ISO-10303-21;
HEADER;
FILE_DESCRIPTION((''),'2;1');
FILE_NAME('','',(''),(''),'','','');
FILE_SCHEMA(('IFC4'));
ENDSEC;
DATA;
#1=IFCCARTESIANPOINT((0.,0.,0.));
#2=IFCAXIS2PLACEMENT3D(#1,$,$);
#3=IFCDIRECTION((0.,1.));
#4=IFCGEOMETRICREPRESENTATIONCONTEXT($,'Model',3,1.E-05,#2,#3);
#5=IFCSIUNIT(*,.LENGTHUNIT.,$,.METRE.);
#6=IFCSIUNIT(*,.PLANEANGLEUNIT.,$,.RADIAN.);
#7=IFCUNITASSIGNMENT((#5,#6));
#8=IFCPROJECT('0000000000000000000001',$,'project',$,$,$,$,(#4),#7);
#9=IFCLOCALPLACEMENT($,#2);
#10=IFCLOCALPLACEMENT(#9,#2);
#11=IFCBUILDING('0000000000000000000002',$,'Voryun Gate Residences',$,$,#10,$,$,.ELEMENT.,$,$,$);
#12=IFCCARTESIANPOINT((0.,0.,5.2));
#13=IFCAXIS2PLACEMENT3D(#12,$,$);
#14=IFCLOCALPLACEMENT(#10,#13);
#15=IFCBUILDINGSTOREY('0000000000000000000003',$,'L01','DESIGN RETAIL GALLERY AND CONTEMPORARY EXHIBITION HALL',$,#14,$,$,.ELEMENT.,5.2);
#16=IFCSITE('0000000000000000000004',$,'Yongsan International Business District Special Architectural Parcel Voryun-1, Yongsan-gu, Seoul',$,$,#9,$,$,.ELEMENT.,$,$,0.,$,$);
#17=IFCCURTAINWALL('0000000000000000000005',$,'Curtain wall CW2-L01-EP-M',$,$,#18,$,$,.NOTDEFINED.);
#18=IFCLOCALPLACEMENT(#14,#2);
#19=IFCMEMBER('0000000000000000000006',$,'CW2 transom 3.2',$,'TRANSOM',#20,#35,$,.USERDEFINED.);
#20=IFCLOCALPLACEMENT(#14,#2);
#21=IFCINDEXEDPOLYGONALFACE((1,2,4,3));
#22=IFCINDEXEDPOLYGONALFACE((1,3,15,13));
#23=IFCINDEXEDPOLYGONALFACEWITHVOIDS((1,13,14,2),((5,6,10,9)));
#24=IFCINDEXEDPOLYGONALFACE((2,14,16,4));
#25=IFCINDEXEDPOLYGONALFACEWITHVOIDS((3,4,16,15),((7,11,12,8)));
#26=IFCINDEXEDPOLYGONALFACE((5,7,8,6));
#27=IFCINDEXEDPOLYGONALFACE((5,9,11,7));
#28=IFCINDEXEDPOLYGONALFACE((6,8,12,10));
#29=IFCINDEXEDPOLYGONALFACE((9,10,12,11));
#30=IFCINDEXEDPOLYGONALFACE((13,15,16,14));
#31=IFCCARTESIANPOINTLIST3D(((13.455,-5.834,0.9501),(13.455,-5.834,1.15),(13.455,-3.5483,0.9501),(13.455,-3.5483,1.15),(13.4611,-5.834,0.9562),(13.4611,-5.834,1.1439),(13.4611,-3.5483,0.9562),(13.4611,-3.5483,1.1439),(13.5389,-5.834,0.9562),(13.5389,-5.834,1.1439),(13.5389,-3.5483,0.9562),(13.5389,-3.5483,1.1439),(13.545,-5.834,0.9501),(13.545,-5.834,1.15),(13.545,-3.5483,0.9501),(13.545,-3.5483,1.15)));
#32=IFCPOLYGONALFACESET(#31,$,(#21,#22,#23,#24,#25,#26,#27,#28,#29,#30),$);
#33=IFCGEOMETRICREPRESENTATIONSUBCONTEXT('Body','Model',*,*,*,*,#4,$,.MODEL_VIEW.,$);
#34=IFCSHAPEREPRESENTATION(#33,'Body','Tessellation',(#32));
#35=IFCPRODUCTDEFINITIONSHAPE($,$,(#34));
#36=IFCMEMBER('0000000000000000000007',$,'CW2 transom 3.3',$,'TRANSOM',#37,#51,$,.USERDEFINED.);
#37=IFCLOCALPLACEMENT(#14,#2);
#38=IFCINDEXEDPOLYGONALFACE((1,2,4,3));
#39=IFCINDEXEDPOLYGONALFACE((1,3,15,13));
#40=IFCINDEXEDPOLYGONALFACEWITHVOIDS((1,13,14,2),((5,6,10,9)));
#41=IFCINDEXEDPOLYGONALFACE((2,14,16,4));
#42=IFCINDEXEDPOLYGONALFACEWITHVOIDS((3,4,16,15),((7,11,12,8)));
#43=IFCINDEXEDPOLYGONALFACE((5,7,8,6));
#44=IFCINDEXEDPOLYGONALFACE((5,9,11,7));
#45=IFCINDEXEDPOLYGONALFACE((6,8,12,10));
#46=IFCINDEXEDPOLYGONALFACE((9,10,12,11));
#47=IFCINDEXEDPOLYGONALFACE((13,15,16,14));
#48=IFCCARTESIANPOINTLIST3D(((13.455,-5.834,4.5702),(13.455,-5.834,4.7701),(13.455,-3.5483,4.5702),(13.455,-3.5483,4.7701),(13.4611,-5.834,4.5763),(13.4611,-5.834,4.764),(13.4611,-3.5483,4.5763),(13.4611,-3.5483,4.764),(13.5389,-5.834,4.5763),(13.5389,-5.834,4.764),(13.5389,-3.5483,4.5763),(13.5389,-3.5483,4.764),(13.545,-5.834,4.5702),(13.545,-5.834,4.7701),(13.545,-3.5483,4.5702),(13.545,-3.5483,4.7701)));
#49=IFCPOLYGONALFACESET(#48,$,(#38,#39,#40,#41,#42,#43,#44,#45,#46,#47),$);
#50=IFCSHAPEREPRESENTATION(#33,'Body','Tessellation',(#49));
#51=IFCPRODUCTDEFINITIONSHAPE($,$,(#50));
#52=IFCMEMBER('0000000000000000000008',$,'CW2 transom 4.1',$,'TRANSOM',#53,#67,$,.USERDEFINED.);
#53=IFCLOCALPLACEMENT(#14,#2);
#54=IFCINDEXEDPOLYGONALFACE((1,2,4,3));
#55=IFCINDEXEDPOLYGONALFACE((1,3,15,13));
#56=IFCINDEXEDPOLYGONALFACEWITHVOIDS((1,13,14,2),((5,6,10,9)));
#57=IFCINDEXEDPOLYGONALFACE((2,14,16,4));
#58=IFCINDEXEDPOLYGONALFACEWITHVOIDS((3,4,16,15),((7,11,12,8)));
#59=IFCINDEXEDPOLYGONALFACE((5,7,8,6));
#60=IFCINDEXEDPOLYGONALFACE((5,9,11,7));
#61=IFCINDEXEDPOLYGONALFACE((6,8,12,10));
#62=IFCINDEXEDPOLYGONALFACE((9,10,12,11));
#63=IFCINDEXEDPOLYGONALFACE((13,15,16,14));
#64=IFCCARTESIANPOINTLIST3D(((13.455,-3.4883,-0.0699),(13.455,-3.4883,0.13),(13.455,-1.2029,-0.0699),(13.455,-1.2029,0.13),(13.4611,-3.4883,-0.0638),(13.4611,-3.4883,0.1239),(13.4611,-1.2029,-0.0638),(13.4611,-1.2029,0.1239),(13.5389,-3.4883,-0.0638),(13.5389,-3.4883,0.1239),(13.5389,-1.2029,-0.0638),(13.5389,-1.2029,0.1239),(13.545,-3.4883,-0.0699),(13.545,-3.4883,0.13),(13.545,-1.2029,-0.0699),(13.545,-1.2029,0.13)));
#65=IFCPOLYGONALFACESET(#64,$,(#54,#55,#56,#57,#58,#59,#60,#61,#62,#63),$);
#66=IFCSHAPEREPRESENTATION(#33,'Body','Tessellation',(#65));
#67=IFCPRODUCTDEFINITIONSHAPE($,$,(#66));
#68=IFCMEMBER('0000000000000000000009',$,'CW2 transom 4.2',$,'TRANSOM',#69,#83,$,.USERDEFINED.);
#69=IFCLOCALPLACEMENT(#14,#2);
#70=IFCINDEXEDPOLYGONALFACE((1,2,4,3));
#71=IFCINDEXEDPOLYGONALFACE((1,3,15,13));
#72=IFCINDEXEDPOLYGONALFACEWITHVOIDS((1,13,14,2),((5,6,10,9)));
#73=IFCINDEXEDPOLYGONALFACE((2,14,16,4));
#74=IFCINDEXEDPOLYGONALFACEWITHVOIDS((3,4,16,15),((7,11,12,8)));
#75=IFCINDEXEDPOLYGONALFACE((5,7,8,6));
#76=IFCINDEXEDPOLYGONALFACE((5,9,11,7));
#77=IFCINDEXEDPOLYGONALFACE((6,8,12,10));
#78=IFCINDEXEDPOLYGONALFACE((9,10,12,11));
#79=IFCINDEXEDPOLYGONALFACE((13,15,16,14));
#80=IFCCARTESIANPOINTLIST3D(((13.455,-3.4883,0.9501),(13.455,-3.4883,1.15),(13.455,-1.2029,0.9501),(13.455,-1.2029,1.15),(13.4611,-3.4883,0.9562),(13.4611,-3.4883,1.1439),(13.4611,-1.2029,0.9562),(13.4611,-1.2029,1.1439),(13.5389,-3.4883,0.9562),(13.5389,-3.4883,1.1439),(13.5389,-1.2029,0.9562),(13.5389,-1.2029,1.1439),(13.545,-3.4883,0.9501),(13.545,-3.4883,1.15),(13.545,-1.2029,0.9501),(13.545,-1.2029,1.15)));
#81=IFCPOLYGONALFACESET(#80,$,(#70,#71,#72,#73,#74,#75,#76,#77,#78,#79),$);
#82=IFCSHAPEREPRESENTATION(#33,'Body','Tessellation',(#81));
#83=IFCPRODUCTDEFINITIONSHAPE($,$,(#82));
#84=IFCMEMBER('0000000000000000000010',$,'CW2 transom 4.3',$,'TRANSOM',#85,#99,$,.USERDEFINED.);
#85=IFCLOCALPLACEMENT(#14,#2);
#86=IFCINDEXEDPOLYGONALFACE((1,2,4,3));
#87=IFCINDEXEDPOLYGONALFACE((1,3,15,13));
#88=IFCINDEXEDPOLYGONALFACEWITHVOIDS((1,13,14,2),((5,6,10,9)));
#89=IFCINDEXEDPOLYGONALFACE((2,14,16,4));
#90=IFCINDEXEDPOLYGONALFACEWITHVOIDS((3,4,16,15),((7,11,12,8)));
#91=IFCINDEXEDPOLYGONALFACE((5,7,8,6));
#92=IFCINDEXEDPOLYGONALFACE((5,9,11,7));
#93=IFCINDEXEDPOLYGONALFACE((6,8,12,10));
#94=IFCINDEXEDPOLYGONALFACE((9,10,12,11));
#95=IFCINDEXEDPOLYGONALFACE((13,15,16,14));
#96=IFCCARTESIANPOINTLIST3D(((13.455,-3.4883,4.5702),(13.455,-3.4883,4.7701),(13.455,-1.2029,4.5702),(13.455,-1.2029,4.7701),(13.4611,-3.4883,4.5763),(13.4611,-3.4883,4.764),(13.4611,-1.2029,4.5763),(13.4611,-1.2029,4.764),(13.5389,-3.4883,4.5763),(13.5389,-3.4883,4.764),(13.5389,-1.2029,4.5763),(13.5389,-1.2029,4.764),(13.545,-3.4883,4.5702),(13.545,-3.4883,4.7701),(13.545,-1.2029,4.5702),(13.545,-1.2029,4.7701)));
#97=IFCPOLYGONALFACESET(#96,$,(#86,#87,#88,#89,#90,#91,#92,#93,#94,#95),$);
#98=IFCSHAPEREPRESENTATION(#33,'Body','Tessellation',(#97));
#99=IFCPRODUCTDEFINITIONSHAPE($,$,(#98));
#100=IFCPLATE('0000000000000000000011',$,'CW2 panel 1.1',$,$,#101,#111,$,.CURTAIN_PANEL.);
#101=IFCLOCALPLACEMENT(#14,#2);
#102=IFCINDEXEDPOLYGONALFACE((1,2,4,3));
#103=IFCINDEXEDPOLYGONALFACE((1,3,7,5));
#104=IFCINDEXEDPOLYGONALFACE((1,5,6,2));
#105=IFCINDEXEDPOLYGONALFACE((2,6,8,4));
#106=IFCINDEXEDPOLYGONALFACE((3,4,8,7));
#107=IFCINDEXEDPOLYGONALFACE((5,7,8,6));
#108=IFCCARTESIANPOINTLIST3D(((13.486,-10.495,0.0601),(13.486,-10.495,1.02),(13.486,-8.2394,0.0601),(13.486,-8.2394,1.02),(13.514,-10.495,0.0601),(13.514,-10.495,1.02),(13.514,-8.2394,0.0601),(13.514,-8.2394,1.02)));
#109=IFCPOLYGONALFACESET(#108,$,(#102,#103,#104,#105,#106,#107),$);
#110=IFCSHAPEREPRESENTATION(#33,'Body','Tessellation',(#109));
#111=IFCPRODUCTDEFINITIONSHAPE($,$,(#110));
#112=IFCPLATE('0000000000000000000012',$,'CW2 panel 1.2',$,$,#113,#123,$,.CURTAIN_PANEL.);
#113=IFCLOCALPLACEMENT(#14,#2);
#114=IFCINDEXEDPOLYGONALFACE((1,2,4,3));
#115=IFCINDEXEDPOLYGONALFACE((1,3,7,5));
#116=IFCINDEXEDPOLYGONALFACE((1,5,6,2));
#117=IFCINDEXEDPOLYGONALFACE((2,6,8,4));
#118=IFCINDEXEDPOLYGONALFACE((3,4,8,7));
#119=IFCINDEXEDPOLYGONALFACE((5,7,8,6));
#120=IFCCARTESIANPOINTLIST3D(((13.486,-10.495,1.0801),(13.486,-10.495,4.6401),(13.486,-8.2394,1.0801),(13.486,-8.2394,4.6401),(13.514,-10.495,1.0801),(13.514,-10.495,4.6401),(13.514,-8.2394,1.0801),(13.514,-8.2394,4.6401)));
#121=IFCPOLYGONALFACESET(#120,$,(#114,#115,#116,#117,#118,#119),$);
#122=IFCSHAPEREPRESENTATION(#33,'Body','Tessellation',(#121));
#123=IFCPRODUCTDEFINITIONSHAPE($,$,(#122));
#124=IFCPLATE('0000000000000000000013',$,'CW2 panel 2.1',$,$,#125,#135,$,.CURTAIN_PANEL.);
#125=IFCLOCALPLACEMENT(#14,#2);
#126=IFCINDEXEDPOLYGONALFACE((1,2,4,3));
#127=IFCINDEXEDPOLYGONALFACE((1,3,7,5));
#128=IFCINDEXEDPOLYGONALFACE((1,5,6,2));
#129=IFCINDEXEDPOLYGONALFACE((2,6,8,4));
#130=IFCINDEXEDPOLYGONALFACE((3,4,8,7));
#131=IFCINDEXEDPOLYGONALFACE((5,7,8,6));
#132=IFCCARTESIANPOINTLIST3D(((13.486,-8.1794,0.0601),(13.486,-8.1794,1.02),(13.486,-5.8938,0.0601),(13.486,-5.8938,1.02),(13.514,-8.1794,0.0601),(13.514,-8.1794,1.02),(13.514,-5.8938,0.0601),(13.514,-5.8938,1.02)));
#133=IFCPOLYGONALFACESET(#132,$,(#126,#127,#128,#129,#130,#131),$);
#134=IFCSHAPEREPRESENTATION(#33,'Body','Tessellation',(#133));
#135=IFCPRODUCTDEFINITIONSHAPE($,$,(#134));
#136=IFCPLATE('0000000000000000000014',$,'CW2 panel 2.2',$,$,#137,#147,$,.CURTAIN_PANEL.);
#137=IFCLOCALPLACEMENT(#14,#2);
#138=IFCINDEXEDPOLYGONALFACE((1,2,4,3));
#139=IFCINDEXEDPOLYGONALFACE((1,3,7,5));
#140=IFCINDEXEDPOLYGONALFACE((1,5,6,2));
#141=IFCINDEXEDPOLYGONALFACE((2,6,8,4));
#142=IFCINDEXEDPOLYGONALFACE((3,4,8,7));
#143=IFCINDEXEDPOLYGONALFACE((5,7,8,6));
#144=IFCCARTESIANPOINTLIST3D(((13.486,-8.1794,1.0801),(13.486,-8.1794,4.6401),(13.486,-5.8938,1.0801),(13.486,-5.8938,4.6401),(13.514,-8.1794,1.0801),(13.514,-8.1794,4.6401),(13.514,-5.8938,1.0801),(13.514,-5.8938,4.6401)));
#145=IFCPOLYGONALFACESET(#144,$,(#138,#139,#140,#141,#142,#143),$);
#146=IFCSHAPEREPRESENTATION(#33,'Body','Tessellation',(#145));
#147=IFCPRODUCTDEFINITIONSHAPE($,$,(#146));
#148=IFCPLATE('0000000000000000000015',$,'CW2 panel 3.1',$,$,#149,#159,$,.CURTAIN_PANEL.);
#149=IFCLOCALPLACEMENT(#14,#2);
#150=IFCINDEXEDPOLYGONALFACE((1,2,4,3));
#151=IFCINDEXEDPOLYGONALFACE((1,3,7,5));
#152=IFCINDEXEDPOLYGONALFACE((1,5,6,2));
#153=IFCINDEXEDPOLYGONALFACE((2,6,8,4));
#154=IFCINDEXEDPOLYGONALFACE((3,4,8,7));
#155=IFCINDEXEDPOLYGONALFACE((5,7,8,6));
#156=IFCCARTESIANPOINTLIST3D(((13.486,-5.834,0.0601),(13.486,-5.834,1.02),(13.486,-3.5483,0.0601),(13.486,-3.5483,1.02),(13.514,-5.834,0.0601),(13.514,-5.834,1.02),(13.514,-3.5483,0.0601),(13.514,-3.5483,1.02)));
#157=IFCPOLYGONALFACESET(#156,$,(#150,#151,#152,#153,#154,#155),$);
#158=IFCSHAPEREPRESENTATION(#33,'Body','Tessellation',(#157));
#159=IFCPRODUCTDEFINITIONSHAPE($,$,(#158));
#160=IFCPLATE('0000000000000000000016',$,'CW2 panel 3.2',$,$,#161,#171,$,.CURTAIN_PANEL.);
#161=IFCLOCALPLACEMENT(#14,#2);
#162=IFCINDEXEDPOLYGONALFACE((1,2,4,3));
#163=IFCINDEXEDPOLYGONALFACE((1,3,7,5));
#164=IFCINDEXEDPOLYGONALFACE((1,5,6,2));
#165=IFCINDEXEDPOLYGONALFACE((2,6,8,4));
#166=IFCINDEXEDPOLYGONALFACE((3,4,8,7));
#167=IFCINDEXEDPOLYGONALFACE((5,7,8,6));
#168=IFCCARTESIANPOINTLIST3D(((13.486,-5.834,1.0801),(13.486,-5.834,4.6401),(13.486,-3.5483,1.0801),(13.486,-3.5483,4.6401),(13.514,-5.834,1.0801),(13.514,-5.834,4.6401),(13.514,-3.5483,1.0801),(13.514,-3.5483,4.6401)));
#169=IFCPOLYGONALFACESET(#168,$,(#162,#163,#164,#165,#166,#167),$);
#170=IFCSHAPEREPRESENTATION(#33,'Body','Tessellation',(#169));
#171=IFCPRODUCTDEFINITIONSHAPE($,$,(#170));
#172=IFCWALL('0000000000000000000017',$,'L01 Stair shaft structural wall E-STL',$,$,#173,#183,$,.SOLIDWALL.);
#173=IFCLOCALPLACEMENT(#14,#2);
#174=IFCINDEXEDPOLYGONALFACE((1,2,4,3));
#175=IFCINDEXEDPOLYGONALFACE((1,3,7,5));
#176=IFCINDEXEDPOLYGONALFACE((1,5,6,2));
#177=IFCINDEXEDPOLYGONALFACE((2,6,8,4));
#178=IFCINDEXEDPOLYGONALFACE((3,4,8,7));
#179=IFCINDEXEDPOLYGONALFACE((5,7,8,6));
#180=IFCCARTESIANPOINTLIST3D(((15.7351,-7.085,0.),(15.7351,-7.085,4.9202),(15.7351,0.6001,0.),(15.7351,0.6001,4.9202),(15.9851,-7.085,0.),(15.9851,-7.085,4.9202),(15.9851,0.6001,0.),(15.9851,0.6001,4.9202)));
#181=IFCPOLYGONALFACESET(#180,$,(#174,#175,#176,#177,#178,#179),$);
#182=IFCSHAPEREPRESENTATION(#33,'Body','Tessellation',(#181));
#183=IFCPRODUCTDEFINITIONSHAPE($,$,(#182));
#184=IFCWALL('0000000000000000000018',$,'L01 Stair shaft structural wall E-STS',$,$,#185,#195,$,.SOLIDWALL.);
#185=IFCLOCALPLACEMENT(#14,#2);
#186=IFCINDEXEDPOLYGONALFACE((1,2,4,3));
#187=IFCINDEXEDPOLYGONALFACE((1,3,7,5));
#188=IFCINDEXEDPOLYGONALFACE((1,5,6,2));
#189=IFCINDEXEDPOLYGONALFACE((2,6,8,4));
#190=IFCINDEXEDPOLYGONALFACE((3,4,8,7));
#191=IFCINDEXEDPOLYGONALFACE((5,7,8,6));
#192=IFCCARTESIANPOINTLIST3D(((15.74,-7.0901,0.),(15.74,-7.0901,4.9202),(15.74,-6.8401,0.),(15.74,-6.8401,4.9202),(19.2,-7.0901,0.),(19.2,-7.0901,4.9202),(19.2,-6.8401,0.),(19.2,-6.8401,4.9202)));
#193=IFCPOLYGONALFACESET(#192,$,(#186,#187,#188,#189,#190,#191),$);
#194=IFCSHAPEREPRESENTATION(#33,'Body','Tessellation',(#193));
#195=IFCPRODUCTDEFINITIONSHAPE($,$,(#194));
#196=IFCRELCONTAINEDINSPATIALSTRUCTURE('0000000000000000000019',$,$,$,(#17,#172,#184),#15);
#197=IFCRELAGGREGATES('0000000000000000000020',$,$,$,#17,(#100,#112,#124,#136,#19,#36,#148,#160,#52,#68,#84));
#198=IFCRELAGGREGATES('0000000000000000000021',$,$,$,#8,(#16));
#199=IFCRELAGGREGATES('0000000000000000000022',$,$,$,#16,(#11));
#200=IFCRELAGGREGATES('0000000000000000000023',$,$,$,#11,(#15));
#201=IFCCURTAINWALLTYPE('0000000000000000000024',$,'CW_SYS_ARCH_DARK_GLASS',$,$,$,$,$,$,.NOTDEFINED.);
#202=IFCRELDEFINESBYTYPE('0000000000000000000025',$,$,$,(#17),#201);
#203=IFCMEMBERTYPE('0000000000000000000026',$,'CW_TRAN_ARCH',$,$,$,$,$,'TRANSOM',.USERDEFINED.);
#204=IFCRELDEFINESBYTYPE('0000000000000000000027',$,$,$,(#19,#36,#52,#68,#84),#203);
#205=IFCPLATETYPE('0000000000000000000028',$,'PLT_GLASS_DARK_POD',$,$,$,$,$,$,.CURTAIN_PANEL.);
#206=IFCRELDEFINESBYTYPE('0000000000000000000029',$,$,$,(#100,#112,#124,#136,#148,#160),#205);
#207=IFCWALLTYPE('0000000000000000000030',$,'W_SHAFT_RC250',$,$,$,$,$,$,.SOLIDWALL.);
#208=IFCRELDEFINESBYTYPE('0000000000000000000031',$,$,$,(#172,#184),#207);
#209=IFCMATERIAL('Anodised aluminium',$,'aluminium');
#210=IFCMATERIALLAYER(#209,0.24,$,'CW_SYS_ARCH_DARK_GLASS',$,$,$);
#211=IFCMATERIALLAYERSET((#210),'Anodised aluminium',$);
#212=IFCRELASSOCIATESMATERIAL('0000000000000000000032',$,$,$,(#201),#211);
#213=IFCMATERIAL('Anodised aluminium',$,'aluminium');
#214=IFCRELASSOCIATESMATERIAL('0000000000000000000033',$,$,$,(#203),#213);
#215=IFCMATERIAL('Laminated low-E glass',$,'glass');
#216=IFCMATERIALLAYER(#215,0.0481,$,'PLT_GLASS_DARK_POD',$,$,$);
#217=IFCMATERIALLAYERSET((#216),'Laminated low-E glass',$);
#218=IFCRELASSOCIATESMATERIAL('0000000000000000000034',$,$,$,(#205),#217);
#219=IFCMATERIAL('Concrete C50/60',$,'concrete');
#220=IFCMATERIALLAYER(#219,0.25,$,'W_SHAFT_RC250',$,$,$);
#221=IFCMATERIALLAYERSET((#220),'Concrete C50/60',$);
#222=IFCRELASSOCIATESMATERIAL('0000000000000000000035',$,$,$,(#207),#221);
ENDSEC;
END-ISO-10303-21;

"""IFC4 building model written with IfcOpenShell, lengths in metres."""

from ifc_helpers import new_model, si_unit, direction, frame, frame_2d, origin, origin_2d, place, context, subcontext, project, spatial, rectangle, hollow_rectangle, extrude, material, layer, layer_set, material_profile, profile_set, type_object, element, aggregate, save


model = new_model("IFC4")

# Units and contexts
model_context = context("Model", 3, precision=1e-05, world=origin(), true_north=direction((0.0, 1.0)))
body_context = subcontext(model_context, "Body", "Model", "MODEL_VIEW")
ifc_project = project(units=[si_unit("LENGTHUNIT", "METRE"), si_unit("PLANEANGLEUNIT", "RADIAN")], contexts=[model_context])

# Site, building, storey
site_placement = place(None, origin())
site = spatial("IfcSite", under=ifc_project, at=site_placement, Name="Yongsan International Business District Special Architectural Parcel Voryun-1, Yongsan-gu, Seoul", CompositionType="ELEMENT", RefElevation=0.0)
building_placement = place(site_placement, origin())
building = spatial("IfcBuilding", under=site, at=building_placement, Name="Voryun Gate Residences", CompositionType="ELEMENT")
storey_placement = place(building_placement, frame((0.0, 0.0, 5.2)))
storey = spatial("IfcBuildingStorey", under=building, at=storey_placement, Name="L01", Description="DESIGN RETAIL GALLERY AND CONTEMPORARY EXHIBITION HALL", CompositionType="ELEMENT", Elevation=5.2)

# Curtain wall, members, plates
ifc_material_1 = material(Name="Anodised aluminium", Category="aluminium")
ifc_layer_1 = layer(ifc_material_1, 0.24, Name="CW_SYS_ARCH_DARK_GLASS")
ifc_layer_set_1 = layer_set([ifc_layer_1], Name="Anodised aluminium")
curtain_wall_type = type_object("IfcCurtainWallType", Name="CW_SYS_ARCH_DARK_GLASS", PredefinedType="NOTDEFINED", material=ifc_layer_set_1)
curtain_wall_placement = place(storey_placement, origin())
curtain_wall = element("IfcCurtainWall", 1, at=curtain_wall_placement, inside=storey, type_object=curtain_wall_type, Name="Curtain wall CW2-L01-EP-M", PredefinedType="NOTDEFINED")
ifc_material_2 = material(Name="Anodised aluminium", Category="aluminium")
ifc_material_profile_1 = material_profile(ifc_material_2, hollow_rectangle(XDim=0.0901, YDim=0.2, WallThickness=0.0061, at=origin_2d()), Name="ALU-TRAN-200x90x6")
ifc_profile_set_1 = profile_set([ifc_material_profile_1], Name="Anodised aluminium")
member_type_1 = type_object("IfcMemberType", Name="CW_TRAN_ARCH", ElementType="TRANSOM", PredefinedType="USERDEFINED", material=ifc_profile_set_1)
member_1_placement = place(storey_placement, frame((13.5, -5.834, 1.05), z_axis=(0.0, 1.0, 0.0), x_axis=(-1.0, 0.0, 0.0)))
member_1 = element("IfcMember", 2, at=member_1_placement, type_object=member_type_1, Name="CW2 transom 3.2", ObjectType="TRANSOM", PredefinedType="USERDEFINED", context=body_context, shape_type="SweptSolid", body=[
    extrude(hollow_rectangle(XDim=0.0901, YDim=0.2, WallThickness=0.0061, at=origin_2d()), origin(), (0.0, 0.0, 1.0), 2.2856),
])
member_2_placement = place(storey_placement, frame((13.5, -5.834, 4.6702), z_axis=(0.0, 1.0, 0.0), x_axis=(-1.0, 0.0, 0.0)))
member_2 = element("IfcMember", 3, at=member_2_placement, type_object=member_type_1, Name="CW2 transom 3.3", ObjectType="TRANSOM", PredefinedType="USERDEFINED", context=body_context, shape_type="SweptSolid", body=[
    extrude(hollow_rectangle(XDim=0.0901, YDim=0.2, WallThickness=0.0061, at=origin_2d()), origin(), (0.0, 0.0, 1.0), 2.2856),
])
member_3_placement = place(storey_placement, frame((13.5, -3.4883, 0.03), z_axis=(0.0, 1.0, 0.0), x_axis=(-1.0, 0.0, 0.0)))
member_3 = element("IfcMember", 4, at=member_3_placement, type_object=member_type_1, Name="CW2 transom 4.1", ObjectType="TRANSOM", PredefinedType="USERDEFINED", context=body_context, shape_type="SweptSolid", body=[
    extrude(hollow_rectangle(XDim=0.0901, YDim=0.2, WallThickness=0.0061, at=origin_2d()), origin(), (0.0, 0.0, 1.0), 2.2854),
])
member_4_placement = place(storey_placement, frame((13.5, -3.4883, 1.05), z_axis=(0.0, 1.0, 0.0), x_axis=(-1.0, 0.0, 0.0)))
member_4 = element("IfcMember", 5, at=member_4_placement, type_object=member_type_1, Name="CW2 transom 4.2", ObjectType="TRANSOM", PredefinedType="USERDEFINED", context=body_context, shape_type="SweptSolid", body=[
    extrude(hollow_rectangle(XDim=0.0901, YDim=0.2, WallThickness=0.0061, at=origin_2d()), origin(), (0.0, 0.0, 1.0), 2.2854),
])
member_5_placement = place(storey_placement, frame((13.5, -3.4883, 4.6702), z_axis=(0.0, 1.0, 0.0), x_axis=(-1.0, 0.0, 0.0)))
member_5 = element("IfcMember", 6, at=member_5_placement, type_object=member_type_1, Name="CW2 transom 4.3", ObjectType="TRANSOM", PredefinedType="USERDEFINED", context=body_context, shape_type="SweptSolid", body=[
    extrude(hollow_rectangle(XDim=0.0901, YDim=0.2, WallThickness=0.0061, at=origin_2d()), origin(), (0.0, 0.0, 1.0), 2.2854),
])
ifc_material_3 = material(Name="Laminated low-E glass", Category="glass")
ifc_layer_2 = layer(ifc_material_3, 0.0481, Name="PLT_GLASS_DARK_POD")
ifc_layer_set_2 = layer_set([ifc_layer_2], Name="Laminated low-E glass")
plate_type = type_object("IfcPlateType", Name="PLT_GLASS_DARK_POD", PredefinedType="CURTAIN_PANEL", material=ifc_layer_set_2)
plate_1_placement = place(storey_placement, frame((13.5, -9.3672, 0.0601), z_axis=(0.0, 0.0, 1.0), x_axis=(0.0, 1.0, 0.0)))
plate_1 = element("IfcPlate", 7, at=plate_1_placement, type_object=plate_type, Name="CW2 panel 1.1", PredefinedType="CURTAIN_PANEL", context=body_context, shape_type="SweptSolid", body=[
    extrude(rectangle(XDim=2.2556, YDim=0.0281, at=origin_2d()), origin(), (0.0, 0.0, 1.0), 0.96),
])
plate_2_placement = place(storey_placement, frame((13.5, -9.3672, 1.0801), z_axis=(0.0, 0.0, 1.0), x_axis=(0.0, 1.0, 0.0)))
plate_2 = element("IfcPlate", 8, at=plate_2_placement, type_object=plate_type, Name="CW2 panel 1.2", PredefinedType="CURTAIN_PANEL", context=body_context, shape_type="SweptSolid", body=[
    extrude(rectangle(XDim=2.2556, YDim=0.0281, at=origin_2d()), origin(), (0.0, 0.0, 1.0), 3.5601),
])
plate_3_placement = place(storey_placement, frame((13.5, -7.0366, 0.0601), z_axis=(0.0, 0.0, 1.0), x_axis=(0.0, 1.0, 0.0)))
plate_3 = element("IfcPlate", 9, at=plate_3_placement, type_object=plate_type, Name="CW2 panel 2.1", PredefinedType="CURTAIN_PANEL", context=body_context, shape_type="SweptSolid", body=[
    extrude(rectangle(XDim=2.2856, YDim=0.0281, at=origin_2d()), origin(), (0.0, 0.0, 1.0), 0.96),
])
plate_4_placement = place(storey_placement, frame((13.5, -7.0366, 1.0801), z_axis=(0.0, 0.0, 1.0), x_axis=(0.0, 1.0, 0.0)))
plate_4 = element("IfcPlate", 10, at=plate_4_placement, type_object=plate_type, Name="CW2 panel 2.2", PredefinedType="CURTAIN_PANEL", context=body_context, shape_type="SweptSolid", body=[
    extrude(rectangle(XDim=2.2856, YDim=0.0281, at=origin_2d()), origin(), (0.0, 0.0, 1.0), 3.5601),
])
plate_5_placement = place(storey_placement, frame((13.5, -4.6912, 0.0601), z_axis=(0.0, 0.0, 1.0), x_axis=(0.0, 1.0, 0.0)))
plate_5 = element("IfcPlate", 11, at=plate_5_placement, type_object=plate_type, Name="CW2 panel 3.1", PredefinedType="CURTAIN_PANEL", context=body_context, shape_type="SweptSolid", body=[
    extrude(rectangle(XDim=2.2856, YDim=0.0281, at=origin_2d()), origin(), (0.0, 0.0, 1.0), 0.96),
])
plate_6_placement = place(storey_placement, frame((13.5, -4.6912, 1.0801), z_axis=(0.0, 0.0, 1.0), x_axis=(0.0, 1.0, 0.0)))
plate_6 = element("IfcPlate", 12, at=plate_6_placement, type_object=plate_type, Name="CW2 panel 3.2", PredefinedType="CURTAIN_PANEL", context=body_context, shape_type="SweptSolid", body=[
    extrude(rectangle(XDim=2.2856, YDim=0.0281, at=origin_2d()), origin(), (0.0, 0.0, 1.0), 3.5601),
])
aggregate(curtain_wall, [plate_1, plate_2, plate_3, plate_4, member_1, member_2, plate_5, plate_6, member_3, member_4, member_5])

# Walls
ifc_material_4 = material(Name="Concrete C50/60", Category="concrete")
ifc_layer_3 = layer(ifc_material_4, 0.25, Name="W_SHAFT_RC250")
ifc_layer_set_3 = layer_set([ifc_layer_3], Name="Concrete C50/60")
wall_type = type_object("IfcWallType", Name="W_SHAFT_RC250", PredefinedType="SOLIDWALL", material=ifc_layer_set_3)
wall_1_placement = place(storey_placement, frame((15.8601, -7.085, 0.0), z_axis=(0.0, 0.0, 1.0), x_axis=(0.0, 1.0, 0.0)))
element("IfcWall", 13, at=wall_1_placement, inside=storey, type_object=wall_type, Name="L01 Stair shaft structural wall E-STL", PredefinedType="SOLIDWALL", context=body_context, shape_type="SweptSolid", body=[
    extrude(rectangle(XDim=7.6851, YDim=0.25, at=frame_2d((3.8425, 0.0))), origin(), (0.0, 0.0, 1.0), 4.9202),
])
wall_2_placement = place(storey_placement, frame((15.74, -6.9651, 0.0), z_axis=(0.0, 0.0, 1.0), x_axis=(1.0, 0.0, 0.0)))
element("IfcWall", 14, at=wall_2_placement, inside=storey, type_object=wall_type, Name="L01 Stair shaft structural wall E-STS", PredefinedType="SOLIDWALL", context=body_context, shape_type="SweptSolid", body=[
    extrude(rectangle(XDim=3.46, YDim=0.25, at=frame_2d((1.73, 0.0))), origin(), (0.0, 0.0, 1.0), 4.9202),
])

save(model, "model.ifc")
